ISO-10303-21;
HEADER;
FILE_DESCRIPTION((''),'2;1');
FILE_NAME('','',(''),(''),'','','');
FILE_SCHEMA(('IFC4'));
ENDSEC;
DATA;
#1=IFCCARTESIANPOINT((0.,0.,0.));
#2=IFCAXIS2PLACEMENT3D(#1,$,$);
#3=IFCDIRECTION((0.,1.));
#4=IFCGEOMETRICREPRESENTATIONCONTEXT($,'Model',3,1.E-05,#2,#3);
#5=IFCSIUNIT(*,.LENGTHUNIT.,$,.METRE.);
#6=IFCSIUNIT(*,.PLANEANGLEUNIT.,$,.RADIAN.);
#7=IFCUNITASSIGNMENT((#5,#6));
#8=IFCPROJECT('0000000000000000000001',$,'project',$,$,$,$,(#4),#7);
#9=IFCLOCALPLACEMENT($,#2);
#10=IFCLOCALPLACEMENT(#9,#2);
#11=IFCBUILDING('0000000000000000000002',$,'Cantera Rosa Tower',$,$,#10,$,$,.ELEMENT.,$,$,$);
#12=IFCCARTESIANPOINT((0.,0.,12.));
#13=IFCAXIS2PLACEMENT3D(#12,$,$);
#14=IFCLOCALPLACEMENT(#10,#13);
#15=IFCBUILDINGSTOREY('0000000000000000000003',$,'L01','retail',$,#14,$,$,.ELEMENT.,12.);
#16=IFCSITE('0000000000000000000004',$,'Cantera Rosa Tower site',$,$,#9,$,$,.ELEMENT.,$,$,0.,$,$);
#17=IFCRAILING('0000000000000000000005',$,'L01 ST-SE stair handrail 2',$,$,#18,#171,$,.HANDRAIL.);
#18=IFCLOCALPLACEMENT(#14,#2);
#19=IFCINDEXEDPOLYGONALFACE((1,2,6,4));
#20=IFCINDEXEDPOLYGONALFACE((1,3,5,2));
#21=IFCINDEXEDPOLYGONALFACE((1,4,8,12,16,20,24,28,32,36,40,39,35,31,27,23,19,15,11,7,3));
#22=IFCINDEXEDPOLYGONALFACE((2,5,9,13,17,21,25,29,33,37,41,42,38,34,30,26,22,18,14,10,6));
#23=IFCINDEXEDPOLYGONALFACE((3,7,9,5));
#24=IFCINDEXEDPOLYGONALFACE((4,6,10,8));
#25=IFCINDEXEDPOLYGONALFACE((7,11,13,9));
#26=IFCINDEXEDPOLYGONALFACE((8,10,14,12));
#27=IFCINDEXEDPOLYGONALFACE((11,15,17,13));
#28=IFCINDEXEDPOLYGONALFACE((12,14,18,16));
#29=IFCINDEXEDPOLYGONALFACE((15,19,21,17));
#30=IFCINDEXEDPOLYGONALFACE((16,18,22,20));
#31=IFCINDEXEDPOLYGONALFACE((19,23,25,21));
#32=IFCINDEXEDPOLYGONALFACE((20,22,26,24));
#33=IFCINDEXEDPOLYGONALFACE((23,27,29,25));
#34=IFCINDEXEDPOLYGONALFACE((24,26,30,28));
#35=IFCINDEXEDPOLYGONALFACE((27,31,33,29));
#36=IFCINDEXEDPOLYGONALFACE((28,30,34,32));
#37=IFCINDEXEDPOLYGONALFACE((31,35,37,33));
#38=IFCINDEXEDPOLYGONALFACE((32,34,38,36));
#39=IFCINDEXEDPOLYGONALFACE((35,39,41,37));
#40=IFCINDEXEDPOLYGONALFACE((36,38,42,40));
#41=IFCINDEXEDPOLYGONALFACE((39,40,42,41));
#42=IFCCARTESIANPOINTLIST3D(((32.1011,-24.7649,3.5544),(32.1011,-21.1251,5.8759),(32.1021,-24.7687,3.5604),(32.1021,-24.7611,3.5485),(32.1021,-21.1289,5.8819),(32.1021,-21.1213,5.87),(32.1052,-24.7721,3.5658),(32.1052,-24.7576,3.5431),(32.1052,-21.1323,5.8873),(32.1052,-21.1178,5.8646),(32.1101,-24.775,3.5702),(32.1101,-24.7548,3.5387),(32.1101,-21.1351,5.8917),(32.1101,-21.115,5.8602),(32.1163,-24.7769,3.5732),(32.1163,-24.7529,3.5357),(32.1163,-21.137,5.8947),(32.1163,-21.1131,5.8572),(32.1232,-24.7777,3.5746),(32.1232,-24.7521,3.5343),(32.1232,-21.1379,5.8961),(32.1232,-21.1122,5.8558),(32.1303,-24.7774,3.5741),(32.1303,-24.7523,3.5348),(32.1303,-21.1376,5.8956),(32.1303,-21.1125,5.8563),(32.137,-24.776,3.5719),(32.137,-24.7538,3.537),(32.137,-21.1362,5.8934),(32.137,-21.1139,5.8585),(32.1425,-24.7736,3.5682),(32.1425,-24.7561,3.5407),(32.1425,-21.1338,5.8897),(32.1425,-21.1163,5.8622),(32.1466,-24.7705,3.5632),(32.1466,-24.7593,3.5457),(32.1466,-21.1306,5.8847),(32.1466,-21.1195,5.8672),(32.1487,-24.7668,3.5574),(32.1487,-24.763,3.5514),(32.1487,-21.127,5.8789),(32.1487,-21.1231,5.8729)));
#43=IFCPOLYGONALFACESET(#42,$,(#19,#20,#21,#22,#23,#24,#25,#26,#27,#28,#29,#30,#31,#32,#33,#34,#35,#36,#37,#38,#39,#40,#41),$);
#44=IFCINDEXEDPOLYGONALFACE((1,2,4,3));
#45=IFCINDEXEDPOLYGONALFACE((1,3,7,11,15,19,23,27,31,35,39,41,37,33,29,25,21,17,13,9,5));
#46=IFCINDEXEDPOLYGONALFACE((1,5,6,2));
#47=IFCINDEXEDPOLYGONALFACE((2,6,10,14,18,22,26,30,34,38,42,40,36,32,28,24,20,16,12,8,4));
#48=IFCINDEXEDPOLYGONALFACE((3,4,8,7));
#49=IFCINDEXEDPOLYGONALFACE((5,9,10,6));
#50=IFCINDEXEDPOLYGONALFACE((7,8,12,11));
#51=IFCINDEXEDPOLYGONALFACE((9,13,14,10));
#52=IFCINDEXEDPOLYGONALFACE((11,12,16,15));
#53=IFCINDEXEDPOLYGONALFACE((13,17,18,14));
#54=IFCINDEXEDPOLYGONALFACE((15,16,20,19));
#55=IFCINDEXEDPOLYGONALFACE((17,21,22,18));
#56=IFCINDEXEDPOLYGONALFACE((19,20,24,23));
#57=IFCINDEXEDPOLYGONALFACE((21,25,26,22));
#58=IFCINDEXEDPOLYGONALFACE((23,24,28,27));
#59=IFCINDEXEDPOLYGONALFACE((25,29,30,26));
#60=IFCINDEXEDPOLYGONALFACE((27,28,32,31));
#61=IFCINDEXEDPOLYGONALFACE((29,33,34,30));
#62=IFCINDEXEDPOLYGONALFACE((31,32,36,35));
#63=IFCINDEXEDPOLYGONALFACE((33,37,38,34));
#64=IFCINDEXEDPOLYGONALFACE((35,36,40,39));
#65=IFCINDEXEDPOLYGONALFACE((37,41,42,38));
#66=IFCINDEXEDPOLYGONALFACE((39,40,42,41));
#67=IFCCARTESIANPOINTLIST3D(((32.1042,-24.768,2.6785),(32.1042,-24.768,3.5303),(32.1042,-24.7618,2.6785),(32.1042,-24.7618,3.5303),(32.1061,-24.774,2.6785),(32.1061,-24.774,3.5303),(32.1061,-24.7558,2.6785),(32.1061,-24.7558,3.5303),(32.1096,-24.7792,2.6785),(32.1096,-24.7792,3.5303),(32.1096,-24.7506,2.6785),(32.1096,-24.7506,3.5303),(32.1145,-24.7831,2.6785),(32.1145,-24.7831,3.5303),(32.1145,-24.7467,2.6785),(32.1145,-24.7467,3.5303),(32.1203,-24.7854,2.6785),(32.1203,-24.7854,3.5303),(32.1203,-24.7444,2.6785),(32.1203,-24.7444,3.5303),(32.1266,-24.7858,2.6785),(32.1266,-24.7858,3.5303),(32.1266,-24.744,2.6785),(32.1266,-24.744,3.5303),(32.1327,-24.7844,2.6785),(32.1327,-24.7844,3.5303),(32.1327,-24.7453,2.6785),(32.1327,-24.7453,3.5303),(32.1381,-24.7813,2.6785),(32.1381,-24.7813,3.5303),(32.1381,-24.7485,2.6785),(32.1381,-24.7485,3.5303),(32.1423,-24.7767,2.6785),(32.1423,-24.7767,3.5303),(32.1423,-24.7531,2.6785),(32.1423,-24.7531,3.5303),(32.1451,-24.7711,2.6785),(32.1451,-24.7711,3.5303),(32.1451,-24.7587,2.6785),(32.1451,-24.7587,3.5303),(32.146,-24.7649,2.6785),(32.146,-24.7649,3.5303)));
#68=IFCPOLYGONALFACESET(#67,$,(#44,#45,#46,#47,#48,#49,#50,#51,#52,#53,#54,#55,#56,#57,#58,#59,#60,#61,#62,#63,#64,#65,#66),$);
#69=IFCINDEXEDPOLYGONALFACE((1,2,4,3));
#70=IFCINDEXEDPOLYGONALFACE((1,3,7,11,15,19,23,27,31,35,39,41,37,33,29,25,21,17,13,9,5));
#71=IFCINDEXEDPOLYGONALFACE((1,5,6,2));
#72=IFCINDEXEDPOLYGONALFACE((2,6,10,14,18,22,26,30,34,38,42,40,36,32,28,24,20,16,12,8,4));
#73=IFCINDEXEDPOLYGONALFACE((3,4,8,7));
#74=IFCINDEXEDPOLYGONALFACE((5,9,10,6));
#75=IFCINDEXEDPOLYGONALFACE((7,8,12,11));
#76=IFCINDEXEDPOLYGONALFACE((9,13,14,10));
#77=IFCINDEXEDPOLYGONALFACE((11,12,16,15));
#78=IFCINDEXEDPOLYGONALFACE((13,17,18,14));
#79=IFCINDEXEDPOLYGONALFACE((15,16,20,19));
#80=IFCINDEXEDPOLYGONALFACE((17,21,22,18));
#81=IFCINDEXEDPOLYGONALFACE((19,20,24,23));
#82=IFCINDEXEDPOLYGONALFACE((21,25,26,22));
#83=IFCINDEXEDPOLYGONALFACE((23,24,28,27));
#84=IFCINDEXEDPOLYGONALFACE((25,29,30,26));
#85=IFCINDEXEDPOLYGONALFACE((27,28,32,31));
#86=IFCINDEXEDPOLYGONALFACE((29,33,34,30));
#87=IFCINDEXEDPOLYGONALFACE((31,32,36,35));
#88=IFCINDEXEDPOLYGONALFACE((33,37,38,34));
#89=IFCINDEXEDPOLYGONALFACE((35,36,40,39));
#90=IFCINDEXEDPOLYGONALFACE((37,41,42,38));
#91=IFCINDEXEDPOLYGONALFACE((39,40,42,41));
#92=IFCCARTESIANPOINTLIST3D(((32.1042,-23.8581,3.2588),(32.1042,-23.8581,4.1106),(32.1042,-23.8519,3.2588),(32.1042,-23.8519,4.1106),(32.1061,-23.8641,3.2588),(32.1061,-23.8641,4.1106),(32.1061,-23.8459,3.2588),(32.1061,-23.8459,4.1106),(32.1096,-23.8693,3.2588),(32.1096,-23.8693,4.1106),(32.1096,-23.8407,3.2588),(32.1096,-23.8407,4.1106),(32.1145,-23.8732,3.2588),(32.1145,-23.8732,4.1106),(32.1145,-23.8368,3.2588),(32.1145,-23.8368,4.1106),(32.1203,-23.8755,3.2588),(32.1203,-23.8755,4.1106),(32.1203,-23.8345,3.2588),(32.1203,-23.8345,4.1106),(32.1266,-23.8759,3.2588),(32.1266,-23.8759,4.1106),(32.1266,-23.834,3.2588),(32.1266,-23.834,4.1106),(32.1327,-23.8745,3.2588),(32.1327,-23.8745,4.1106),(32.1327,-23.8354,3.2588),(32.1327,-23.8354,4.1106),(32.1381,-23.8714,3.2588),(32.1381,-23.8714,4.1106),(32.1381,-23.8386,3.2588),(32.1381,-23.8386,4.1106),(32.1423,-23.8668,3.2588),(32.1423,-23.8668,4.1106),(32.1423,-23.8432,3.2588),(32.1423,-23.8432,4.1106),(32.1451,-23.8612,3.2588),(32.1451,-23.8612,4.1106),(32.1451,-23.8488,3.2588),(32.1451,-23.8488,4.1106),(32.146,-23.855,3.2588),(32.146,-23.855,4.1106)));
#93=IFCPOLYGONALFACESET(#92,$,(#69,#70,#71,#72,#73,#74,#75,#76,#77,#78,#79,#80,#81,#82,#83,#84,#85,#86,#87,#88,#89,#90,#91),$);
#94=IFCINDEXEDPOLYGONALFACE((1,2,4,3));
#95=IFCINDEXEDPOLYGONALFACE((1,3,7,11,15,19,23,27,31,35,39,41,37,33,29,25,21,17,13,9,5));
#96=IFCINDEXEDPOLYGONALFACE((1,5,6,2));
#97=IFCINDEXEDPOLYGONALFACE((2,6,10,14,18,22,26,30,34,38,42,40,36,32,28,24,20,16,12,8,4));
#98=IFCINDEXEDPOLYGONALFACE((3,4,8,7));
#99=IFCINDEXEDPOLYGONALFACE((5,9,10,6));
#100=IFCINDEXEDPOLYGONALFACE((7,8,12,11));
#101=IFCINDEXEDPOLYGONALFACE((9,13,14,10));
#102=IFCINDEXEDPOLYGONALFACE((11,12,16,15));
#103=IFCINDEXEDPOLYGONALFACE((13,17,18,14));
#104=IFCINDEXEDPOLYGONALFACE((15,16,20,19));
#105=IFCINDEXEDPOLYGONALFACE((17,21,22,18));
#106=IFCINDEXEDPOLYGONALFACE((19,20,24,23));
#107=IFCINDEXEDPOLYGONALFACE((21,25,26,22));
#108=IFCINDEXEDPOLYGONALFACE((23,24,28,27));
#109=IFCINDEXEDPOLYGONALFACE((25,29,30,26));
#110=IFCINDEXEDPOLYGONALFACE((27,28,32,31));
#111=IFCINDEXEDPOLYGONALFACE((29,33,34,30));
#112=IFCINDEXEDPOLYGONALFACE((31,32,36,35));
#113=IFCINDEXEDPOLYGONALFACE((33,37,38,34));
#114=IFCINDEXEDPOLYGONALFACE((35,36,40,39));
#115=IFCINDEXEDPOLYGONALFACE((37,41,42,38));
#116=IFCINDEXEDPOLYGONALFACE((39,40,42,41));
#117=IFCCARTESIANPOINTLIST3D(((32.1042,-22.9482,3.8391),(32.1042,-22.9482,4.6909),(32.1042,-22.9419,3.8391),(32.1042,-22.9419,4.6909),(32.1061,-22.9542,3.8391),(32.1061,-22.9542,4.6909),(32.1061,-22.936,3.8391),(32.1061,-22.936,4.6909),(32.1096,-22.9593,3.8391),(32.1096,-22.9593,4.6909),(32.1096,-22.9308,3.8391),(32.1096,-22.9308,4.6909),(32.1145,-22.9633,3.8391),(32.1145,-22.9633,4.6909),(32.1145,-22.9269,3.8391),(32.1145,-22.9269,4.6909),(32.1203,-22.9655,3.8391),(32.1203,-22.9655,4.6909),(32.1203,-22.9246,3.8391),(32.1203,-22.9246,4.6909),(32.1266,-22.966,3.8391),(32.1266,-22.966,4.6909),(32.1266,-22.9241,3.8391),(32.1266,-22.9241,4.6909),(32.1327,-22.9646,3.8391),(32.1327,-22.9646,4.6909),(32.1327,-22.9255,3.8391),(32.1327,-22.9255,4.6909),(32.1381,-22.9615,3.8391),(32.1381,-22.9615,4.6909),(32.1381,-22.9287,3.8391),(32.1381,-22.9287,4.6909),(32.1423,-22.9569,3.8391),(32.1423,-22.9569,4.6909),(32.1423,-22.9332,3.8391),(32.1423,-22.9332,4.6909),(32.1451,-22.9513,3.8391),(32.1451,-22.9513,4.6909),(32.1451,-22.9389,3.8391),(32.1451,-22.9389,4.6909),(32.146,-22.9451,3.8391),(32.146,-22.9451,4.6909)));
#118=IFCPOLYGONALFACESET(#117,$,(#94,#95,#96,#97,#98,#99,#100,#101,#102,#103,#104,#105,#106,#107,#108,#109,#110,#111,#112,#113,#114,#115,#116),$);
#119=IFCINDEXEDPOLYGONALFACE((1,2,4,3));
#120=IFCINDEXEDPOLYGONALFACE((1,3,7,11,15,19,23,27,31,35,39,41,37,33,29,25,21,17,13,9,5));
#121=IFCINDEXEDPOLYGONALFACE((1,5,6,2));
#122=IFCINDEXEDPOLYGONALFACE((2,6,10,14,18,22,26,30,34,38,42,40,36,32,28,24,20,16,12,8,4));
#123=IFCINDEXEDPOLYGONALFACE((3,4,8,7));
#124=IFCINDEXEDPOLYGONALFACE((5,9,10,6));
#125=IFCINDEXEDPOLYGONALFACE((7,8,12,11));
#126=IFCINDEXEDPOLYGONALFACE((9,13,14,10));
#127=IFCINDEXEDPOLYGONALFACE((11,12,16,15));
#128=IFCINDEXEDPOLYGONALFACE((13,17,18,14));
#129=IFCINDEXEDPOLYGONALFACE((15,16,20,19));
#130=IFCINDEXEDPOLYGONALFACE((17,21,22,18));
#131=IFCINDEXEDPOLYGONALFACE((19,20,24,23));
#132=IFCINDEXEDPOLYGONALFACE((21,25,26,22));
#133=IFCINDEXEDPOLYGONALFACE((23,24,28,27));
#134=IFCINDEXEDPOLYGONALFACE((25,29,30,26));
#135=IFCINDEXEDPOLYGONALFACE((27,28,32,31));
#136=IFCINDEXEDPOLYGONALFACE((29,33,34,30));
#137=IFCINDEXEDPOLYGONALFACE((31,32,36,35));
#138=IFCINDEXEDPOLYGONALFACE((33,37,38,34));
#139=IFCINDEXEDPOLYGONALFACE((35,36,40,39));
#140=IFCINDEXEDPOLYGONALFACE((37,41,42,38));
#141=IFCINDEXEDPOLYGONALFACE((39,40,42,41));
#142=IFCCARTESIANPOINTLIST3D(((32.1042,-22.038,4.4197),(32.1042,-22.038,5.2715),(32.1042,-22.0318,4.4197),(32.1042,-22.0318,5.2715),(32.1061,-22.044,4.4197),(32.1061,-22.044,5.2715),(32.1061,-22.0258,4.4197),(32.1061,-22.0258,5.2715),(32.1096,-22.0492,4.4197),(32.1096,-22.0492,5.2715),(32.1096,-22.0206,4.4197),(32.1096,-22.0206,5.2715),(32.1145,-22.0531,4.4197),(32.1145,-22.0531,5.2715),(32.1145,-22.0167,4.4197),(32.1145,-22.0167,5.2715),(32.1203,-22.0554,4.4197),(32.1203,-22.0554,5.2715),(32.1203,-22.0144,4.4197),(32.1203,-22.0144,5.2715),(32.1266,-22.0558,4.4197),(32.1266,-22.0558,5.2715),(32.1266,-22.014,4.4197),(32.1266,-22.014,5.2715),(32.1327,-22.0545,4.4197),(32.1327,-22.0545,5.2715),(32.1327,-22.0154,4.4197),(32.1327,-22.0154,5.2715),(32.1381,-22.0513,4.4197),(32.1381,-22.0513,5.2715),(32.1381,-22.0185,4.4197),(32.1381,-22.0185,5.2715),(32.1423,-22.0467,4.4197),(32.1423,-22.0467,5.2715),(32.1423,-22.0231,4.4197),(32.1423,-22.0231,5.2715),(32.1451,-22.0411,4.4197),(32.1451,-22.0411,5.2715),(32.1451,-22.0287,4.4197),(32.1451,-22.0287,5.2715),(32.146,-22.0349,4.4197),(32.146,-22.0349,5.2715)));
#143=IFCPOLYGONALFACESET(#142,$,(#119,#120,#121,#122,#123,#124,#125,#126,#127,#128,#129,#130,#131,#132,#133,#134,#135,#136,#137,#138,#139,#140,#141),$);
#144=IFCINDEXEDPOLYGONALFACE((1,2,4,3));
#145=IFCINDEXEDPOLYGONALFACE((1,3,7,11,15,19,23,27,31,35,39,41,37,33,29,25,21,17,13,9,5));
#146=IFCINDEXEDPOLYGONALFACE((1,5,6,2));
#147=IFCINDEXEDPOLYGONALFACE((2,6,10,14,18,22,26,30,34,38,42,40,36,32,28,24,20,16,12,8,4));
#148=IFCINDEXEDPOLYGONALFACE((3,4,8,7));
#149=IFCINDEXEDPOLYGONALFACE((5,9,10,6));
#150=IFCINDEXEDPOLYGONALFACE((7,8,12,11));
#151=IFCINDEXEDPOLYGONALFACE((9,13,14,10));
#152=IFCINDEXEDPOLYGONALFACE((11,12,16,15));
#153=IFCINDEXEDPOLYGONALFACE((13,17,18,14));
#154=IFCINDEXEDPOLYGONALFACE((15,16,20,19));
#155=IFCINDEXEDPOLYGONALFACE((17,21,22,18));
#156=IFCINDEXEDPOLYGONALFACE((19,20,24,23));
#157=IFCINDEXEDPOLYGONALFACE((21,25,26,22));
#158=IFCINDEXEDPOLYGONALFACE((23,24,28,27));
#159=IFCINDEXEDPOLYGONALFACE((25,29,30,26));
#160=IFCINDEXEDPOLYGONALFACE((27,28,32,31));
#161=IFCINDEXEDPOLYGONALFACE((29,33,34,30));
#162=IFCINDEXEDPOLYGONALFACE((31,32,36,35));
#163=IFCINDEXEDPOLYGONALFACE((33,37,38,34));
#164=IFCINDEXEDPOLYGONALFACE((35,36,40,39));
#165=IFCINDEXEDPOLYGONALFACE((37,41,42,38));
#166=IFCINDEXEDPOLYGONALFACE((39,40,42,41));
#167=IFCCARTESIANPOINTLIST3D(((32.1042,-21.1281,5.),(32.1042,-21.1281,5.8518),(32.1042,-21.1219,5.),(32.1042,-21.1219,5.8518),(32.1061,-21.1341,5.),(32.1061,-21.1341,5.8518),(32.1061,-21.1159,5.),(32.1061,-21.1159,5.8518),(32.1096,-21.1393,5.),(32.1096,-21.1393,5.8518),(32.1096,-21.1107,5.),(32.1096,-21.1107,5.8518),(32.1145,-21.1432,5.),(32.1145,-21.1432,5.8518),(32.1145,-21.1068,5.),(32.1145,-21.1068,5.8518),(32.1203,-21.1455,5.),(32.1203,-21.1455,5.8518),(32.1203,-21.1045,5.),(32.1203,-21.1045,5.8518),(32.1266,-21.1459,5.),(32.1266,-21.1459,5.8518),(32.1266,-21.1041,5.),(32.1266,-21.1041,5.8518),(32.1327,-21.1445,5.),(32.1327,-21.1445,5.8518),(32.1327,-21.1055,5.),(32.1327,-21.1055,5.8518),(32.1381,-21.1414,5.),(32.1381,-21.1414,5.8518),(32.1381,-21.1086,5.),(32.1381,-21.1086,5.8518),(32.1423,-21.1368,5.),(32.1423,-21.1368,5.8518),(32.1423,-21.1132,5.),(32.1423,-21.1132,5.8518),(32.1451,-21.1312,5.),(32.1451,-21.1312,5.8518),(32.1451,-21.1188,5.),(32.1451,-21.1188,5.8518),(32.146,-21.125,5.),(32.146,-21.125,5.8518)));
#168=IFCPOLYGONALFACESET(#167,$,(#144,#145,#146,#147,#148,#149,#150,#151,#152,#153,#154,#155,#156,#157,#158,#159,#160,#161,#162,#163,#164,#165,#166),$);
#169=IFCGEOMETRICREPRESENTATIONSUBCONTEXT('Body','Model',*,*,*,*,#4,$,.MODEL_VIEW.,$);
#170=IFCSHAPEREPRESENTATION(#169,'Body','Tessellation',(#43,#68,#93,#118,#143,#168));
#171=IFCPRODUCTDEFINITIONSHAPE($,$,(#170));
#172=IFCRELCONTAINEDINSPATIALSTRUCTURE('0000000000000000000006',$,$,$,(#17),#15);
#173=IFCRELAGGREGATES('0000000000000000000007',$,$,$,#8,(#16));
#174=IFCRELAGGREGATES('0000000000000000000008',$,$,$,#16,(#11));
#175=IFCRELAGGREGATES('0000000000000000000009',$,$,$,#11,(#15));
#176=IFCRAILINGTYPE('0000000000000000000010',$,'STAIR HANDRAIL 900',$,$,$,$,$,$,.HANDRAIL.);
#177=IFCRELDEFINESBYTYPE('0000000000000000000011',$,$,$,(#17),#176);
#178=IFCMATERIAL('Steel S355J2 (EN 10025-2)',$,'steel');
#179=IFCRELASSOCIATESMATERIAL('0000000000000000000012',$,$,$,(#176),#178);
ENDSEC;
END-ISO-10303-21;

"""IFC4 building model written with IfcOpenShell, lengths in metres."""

from ifc_helpers import new_model, si_unit, direction, frame, origin, origin_2d, place, context, subcontext, project, spatial, circle, extrude, material, type_object, element, save


model = new_model("IFC4")

# Units and contexts
model_context = context("Model", 3, precision=1e-05, world=origin(), true_north=direction((0.0, 1.0)))
body_context = subcontext(model_context, "Body", "Model", "MODEL_VIEW")
ifc_project = project(units=[si_unit("LENGTHUNIT", "METRE"), si_unit("PLANEANGLEUNIT", "RADIAN")], contexts=[model_context])

# Site, building, storey
site_placement = place(None, origin())
site = spatial("IfcSite", under=ifc_project, at=site_placement, Name="Cantera Rosa Tower site", CompositionType="ELEMENT", RefElevation=0.0)
building_placement = place(site_placement, origin())
building = spatial("IfcBuilding", under=site, at=building_placement, Name="Cantera Rosa Tower", CompositionType="ELEMENT")
storey_placement = place(building_placement, frame((0.0, 0.0, 12.0)))
storey = spatial("IfcBuildingStorey", under=building, at=storey_placement, Name="L01", Description="retail", CompositionType="ELEMENT", Elevation=12.0)

# Railing
ifc_material_1 = material(Name="Steel S355J2 (EN 10025-2)", Category="steel")
railing_type_1 = type_object("IfcRailingType", Name="STAIR HANDRAIL 900", PredefinedType="HANDRAIL", material=ifc_material_1)
railing_1_placement = place(storey_placement, frame((32.125, -24.7649, 2.6785)))
element("IfcRailing", 1, at=railing_1_placement, inside=storey, type_object=railing_type_1, Name="L01 ST-SE stair handrail 2", PredefinedType="HANDRAIL", context=body_context, shape_type="SweptSolid", body=[
    extrude(circle(Radius=0.0239, at=origin_2d()), frame((0.0, 0.0, 0.876), z_axis=(0.0, 0.843112, 0.537739), x_axis=(-1.0, 0.0, 0.0)), (0.0, 0.0, 1.0), 4.3171),
    extrude(circle(Radius=0.021, at=origin_2d()), origin(), (0.0, 0.0, 1.0), 0.8518),
    extrude(circle(Radius=0.021, at=origin_2d()), frame((0.0, 0.9099, 0.5803)), (0.0, 0.0, 1.0), 0.8518),
    extrude(circle(Radius=0.021, at=origin_2d()), frame((0.0, 1.8198, 1.1606)), (0.0, 0.0, 1.0), 0.8518),
    extrude(circle(Radius=0.021, at=origin_2d()), frame((0.0, 2.73, 1.7412)), (0.0, 0.0, 1.0), 0.8518),
    extrude(circle(Radius=0.021, at=origin_2d()), frame((0.0, 3.6399, 2.3215)), (0.0, 0.0, 1.0), 0.8518),
])

save(model, "model.ifc")
